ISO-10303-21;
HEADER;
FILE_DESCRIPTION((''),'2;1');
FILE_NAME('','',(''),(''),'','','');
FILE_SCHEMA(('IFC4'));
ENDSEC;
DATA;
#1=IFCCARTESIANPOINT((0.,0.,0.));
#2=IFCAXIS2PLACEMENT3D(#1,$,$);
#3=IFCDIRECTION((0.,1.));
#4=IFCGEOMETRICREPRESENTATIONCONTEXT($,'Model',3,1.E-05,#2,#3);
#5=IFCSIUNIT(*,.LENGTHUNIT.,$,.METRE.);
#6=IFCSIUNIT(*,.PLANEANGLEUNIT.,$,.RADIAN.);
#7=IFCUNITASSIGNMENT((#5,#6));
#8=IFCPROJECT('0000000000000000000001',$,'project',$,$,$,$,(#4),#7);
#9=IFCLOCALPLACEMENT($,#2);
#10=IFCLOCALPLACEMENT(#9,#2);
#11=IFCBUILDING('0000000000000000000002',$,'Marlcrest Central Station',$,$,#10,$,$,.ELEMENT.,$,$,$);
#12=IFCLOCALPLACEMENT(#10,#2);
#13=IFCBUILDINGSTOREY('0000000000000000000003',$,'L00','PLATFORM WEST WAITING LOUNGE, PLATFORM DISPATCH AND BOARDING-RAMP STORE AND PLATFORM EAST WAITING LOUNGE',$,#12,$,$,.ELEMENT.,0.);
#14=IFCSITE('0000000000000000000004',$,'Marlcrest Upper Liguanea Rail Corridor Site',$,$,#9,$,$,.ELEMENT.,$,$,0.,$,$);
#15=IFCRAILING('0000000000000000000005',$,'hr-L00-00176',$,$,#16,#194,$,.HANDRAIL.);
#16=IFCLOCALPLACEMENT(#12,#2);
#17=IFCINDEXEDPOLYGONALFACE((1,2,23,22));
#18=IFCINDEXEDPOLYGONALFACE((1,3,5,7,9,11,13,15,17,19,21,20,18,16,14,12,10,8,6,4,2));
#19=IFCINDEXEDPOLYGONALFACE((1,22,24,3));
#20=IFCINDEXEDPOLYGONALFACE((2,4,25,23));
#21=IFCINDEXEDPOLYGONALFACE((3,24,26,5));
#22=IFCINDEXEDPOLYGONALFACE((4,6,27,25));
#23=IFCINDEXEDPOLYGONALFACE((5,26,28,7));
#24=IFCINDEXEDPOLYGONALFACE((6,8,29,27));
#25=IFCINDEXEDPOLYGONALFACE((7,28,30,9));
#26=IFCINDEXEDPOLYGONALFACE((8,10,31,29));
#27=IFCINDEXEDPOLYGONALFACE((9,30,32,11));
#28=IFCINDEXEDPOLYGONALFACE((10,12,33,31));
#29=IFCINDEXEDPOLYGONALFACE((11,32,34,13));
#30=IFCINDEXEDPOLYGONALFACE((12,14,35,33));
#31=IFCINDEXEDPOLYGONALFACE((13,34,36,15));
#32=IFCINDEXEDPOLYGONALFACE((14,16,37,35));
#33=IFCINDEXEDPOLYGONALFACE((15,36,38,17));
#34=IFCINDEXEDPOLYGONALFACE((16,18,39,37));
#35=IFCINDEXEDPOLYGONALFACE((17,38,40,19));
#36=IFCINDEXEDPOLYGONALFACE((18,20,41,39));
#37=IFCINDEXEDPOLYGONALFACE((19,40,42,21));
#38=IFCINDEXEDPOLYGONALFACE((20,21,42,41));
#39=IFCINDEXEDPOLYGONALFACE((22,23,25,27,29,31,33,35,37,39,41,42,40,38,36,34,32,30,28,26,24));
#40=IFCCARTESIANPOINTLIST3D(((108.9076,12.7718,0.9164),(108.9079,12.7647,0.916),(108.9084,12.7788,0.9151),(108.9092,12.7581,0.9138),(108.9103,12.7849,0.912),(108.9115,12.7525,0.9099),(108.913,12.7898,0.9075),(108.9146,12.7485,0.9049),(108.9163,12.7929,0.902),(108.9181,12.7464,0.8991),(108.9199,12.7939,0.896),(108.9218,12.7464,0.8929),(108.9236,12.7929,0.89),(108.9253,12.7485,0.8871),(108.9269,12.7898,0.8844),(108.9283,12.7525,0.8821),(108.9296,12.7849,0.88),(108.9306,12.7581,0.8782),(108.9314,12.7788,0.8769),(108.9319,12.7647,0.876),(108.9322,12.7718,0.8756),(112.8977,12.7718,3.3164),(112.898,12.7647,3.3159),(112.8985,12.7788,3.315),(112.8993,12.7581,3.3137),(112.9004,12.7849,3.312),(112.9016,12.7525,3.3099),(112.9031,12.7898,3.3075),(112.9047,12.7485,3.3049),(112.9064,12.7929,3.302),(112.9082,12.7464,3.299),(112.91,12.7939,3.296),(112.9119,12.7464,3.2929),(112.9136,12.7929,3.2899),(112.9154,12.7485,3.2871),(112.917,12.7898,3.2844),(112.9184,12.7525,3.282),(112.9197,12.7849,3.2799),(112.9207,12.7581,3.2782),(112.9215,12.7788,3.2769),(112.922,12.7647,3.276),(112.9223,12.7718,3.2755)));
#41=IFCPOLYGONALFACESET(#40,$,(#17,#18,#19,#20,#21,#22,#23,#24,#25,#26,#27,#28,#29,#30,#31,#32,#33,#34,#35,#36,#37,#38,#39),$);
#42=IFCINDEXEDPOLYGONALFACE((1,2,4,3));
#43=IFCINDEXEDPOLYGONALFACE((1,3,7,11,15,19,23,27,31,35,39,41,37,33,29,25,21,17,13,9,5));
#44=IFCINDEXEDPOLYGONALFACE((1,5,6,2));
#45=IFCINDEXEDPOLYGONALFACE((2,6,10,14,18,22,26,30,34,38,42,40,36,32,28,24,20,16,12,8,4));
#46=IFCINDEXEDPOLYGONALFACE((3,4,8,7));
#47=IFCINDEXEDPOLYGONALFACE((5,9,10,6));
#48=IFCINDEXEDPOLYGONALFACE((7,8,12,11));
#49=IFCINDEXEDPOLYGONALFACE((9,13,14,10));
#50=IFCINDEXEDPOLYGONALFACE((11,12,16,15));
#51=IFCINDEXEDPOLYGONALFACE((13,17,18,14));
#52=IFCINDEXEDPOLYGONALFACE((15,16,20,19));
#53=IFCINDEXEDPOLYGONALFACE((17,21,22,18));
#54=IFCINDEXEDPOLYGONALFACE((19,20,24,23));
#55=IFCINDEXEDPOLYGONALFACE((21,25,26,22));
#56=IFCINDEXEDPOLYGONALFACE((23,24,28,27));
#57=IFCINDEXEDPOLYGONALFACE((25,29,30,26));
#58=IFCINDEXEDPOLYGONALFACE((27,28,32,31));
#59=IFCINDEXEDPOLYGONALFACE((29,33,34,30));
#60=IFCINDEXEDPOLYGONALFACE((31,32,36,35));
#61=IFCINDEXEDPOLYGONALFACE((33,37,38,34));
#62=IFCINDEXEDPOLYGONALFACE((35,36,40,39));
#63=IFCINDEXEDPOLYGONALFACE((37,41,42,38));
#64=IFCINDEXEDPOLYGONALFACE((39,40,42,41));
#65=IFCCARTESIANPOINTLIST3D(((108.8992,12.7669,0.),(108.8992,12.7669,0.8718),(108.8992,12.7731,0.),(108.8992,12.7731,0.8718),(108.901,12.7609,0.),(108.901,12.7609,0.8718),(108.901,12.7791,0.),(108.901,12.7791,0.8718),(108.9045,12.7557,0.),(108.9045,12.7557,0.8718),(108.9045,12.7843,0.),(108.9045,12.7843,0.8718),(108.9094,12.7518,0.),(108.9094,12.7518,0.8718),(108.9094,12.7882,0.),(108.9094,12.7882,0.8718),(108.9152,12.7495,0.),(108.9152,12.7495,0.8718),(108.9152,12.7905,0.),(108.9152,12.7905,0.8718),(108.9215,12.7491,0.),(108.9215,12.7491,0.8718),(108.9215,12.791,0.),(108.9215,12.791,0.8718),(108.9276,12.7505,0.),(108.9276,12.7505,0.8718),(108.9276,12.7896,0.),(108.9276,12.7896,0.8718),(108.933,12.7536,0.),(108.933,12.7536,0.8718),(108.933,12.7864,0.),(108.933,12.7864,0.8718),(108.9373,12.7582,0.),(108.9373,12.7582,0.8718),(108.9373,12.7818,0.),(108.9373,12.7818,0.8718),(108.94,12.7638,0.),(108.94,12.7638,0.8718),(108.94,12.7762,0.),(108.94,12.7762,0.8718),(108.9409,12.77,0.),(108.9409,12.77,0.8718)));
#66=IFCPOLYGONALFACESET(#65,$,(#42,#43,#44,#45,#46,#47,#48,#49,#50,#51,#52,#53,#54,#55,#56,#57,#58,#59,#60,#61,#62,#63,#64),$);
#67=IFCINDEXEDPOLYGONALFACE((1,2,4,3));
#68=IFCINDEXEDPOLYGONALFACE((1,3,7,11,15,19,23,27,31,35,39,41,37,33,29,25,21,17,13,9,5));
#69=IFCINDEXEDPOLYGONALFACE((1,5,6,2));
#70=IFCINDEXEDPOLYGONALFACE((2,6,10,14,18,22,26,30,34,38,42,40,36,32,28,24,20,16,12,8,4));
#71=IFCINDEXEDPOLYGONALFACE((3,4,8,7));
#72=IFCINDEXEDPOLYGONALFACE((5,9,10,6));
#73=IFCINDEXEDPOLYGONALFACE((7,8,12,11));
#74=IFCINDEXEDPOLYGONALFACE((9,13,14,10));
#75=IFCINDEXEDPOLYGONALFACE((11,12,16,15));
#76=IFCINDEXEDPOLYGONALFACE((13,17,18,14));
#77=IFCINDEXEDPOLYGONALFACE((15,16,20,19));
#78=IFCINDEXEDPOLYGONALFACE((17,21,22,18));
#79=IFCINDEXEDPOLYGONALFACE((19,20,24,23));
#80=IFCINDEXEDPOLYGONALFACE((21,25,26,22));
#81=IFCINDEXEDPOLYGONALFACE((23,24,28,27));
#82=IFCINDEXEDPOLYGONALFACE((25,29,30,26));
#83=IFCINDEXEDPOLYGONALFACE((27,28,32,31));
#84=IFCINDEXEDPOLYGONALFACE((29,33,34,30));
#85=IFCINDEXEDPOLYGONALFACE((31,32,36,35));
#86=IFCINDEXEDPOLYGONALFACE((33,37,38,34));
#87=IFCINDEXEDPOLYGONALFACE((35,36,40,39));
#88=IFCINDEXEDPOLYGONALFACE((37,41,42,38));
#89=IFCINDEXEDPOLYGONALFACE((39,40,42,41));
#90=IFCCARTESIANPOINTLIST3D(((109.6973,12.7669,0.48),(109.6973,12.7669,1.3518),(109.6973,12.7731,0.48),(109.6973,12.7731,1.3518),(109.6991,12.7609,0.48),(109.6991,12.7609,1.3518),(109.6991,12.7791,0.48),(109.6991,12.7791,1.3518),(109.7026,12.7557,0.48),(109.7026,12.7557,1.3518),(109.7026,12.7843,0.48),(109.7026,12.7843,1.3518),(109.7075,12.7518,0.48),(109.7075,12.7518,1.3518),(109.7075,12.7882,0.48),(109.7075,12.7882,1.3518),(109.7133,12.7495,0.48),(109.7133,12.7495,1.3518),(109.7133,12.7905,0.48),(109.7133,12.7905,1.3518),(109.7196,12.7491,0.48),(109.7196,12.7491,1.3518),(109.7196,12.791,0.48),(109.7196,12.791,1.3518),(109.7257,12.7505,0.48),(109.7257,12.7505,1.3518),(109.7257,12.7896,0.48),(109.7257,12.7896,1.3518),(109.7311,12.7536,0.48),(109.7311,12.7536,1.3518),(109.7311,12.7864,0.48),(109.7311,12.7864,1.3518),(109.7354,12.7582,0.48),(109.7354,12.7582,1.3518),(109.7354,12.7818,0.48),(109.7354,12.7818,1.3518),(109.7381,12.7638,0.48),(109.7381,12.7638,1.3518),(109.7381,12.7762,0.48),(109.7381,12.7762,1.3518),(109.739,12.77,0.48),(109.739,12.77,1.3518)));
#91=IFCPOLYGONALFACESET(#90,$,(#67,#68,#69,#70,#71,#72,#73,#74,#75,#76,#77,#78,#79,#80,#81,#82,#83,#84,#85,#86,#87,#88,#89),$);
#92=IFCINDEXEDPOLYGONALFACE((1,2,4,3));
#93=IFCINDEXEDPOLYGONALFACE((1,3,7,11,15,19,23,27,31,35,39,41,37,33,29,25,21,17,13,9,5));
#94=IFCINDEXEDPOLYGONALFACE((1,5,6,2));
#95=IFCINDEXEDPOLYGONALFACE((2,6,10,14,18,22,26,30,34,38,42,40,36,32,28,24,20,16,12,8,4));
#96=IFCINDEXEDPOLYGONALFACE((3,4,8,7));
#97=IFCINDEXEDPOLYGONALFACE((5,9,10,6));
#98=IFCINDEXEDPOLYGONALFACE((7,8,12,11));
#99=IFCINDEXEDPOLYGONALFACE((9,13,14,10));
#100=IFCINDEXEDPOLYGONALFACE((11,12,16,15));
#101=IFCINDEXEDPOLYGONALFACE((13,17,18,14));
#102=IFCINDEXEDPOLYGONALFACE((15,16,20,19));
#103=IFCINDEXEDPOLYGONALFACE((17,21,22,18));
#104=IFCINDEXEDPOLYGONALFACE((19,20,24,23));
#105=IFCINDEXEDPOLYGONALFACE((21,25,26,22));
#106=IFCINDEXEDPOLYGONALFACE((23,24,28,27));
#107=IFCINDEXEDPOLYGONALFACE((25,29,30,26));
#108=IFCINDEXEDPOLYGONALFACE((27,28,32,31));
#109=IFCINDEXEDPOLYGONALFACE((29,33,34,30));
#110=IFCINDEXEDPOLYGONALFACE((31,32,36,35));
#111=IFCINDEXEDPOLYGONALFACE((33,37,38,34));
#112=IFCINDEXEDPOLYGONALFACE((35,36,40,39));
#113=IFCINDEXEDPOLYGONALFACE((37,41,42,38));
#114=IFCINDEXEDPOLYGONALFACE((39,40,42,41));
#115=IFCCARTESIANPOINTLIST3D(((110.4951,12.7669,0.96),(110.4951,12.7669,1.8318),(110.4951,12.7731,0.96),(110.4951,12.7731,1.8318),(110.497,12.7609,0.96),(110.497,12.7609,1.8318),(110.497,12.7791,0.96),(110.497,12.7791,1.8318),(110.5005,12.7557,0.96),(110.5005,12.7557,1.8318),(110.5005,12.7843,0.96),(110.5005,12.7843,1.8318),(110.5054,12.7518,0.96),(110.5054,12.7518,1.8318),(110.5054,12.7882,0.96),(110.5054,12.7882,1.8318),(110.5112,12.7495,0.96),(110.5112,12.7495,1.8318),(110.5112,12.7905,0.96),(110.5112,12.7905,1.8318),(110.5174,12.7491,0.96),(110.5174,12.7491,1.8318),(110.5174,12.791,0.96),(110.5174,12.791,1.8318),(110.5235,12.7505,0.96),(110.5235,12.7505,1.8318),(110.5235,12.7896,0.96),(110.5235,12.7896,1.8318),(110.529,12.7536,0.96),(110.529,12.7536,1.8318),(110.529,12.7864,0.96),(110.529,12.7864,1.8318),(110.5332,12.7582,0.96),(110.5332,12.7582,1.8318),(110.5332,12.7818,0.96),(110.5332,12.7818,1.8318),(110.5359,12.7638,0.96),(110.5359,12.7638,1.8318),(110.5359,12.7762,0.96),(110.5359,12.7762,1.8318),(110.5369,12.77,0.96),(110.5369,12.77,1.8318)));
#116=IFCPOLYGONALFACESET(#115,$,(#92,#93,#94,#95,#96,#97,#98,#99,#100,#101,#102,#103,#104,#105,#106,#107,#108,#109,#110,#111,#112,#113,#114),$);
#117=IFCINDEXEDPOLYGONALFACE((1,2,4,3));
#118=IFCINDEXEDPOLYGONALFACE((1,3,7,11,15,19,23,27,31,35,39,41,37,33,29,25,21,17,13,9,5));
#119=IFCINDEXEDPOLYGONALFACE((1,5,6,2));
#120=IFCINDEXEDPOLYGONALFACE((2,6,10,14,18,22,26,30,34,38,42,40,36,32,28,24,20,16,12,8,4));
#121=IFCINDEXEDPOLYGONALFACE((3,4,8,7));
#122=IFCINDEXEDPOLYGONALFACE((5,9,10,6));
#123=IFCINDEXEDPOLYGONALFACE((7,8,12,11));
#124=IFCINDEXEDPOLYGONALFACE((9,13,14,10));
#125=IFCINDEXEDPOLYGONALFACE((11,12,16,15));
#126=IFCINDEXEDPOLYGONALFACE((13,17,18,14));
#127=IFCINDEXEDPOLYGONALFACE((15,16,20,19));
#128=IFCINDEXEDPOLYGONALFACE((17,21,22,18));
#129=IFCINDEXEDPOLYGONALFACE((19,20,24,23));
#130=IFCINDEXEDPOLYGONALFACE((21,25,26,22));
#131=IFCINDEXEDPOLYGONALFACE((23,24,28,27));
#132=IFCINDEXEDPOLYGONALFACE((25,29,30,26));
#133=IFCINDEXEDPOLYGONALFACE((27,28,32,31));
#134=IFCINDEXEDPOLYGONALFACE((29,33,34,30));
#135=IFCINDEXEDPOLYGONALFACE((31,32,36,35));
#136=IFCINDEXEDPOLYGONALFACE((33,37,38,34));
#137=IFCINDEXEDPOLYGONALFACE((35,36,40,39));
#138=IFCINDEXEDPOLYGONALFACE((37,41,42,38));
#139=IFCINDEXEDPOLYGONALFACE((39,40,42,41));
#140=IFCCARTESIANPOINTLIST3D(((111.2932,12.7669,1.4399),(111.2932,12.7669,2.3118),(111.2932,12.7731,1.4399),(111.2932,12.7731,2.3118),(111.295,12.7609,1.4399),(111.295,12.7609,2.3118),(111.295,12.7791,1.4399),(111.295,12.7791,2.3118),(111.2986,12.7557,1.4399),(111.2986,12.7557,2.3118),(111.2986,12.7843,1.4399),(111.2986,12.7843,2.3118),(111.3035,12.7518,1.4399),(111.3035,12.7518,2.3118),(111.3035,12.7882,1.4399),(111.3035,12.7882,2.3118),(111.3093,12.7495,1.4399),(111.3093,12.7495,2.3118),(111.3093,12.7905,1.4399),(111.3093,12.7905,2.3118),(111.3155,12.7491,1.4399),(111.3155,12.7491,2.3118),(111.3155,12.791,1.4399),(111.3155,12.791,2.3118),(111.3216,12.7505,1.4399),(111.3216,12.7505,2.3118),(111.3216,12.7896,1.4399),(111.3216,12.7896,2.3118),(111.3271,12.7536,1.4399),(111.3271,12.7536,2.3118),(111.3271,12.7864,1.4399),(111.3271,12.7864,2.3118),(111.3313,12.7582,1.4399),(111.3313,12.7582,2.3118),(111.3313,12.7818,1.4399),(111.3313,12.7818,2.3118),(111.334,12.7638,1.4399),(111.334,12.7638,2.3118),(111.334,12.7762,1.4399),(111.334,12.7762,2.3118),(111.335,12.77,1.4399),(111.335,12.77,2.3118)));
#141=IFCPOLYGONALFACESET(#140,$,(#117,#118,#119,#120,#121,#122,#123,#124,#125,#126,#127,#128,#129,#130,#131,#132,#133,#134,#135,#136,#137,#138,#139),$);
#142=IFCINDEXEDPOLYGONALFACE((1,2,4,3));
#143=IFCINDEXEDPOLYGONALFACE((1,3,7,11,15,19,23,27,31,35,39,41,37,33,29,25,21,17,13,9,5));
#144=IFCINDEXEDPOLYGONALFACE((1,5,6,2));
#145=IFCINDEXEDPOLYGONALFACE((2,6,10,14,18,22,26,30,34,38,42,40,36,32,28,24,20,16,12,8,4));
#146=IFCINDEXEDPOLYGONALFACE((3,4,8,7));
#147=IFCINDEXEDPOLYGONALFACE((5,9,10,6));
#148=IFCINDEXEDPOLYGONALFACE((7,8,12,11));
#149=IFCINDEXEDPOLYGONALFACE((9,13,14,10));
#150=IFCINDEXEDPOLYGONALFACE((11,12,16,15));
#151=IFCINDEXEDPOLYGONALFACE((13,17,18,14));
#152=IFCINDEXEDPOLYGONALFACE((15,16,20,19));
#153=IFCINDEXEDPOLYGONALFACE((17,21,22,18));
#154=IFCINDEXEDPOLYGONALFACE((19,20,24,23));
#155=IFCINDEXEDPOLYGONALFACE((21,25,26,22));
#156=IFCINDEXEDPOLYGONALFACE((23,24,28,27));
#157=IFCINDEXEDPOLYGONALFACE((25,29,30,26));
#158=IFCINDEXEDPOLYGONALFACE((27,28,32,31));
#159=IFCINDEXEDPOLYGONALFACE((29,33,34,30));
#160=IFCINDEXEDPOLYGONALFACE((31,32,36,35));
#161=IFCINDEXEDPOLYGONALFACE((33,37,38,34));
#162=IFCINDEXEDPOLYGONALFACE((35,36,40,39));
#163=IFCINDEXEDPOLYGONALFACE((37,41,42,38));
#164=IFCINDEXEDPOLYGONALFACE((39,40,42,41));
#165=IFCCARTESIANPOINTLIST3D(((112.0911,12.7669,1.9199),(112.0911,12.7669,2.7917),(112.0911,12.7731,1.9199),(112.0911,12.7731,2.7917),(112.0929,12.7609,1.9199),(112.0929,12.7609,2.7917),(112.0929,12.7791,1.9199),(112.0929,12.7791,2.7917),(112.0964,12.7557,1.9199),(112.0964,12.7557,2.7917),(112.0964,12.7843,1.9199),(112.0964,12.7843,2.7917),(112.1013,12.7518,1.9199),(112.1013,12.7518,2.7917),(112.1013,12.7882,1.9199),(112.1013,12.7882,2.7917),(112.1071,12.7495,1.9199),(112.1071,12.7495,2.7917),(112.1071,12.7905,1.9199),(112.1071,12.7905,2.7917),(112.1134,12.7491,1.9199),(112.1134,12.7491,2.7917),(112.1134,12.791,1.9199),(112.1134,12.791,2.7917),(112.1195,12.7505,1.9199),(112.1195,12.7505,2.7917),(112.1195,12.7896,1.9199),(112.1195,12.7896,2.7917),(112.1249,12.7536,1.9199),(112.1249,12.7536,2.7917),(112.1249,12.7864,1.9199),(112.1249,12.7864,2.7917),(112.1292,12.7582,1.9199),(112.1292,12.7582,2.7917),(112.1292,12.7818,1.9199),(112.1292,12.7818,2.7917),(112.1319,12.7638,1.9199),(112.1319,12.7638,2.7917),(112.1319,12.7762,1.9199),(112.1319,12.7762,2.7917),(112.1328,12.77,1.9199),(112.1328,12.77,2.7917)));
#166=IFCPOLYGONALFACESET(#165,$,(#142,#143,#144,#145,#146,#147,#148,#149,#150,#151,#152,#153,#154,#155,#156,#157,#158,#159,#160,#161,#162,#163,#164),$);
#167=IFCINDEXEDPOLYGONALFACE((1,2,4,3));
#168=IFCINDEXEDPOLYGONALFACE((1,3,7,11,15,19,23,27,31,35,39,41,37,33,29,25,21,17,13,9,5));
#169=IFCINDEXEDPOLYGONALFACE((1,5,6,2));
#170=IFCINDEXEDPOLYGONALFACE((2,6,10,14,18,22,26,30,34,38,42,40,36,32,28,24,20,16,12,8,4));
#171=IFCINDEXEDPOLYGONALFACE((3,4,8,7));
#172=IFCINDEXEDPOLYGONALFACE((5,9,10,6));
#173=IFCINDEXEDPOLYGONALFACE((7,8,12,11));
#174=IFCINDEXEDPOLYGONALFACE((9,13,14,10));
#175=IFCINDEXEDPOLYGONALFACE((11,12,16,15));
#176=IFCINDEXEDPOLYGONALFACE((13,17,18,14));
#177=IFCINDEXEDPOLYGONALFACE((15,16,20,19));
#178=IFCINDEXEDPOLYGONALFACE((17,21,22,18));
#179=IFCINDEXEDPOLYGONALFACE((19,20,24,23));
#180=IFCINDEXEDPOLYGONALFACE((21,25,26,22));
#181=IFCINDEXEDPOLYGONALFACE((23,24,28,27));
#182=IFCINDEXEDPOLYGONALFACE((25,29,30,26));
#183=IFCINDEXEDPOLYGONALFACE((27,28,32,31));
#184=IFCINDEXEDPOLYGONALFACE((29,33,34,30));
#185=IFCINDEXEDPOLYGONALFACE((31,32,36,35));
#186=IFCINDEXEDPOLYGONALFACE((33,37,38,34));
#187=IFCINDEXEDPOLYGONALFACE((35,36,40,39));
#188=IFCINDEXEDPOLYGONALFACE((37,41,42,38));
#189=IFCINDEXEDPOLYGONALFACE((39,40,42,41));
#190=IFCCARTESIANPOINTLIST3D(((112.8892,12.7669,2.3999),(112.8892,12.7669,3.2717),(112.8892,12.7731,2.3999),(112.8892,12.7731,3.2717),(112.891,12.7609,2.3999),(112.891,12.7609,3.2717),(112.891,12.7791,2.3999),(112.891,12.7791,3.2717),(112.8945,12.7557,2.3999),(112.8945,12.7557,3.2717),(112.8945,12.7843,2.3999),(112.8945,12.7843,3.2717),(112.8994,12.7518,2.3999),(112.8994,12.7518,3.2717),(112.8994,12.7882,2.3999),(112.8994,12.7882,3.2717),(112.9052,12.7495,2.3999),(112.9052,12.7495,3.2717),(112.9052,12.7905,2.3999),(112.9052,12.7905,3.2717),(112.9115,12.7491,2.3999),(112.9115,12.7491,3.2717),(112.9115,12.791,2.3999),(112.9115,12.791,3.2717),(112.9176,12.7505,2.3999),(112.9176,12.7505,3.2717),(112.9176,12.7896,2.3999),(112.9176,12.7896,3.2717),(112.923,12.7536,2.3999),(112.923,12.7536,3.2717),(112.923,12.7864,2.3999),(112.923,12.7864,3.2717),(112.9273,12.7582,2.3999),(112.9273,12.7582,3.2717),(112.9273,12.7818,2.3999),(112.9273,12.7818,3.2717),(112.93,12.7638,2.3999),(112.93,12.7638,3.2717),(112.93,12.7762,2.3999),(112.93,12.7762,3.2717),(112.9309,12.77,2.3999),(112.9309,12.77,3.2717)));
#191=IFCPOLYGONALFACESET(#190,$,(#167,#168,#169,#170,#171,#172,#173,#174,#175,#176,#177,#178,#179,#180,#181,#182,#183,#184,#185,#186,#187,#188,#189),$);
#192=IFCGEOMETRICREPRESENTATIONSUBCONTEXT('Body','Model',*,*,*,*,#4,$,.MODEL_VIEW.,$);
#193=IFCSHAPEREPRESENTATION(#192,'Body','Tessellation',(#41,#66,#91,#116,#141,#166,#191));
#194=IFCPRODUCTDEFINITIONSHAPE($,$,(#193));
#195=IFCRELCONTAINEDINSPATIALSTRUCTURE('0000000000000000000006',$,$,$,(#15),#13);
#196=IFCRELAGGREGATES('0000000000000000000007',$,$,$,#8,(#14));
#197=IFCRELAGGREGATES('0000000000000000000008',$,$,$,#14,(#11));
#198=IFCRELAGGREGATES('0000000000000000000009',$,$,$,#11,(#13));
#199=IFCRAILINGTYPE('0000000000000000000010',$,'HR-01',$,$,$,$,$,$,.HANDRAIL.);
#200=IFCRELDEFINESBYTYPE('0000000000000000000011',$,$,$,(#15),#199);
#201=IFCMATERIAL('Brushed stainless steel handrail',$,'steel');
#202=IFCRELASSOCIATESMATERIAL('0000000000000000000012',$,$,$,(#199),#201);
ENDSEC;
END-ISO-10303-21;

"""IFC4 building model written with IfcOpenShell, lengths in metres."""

from ifc_helpers import new_model, si_unit, direction, frame, origin, origin_2d, place, context, subcontext, project, spatial, circle, extrude, material, type_object, element, save


model = new_model("IFC4")

# Units and contexts
model_context = context("Model", 3, precision=1e-05, world=origin(), true_north=direction((0.0, 1.0)))
body_context = subcontext(model_context, "Body", "Model", "MODEL_VIEW")
ifc_project = project(units=[si_unit("LENGTHUNIT", "METRE"), si_unit("PLANEANGLEUNIT", "RADIAN")], contexts=[model_context])

# Site, building, storey
site_placement = place(None, origin())
site = spatial("IfcSite", under=ifc_project, at=site_placement, Name="Marlcrest Upper Liguanea Rail Corridor Site", CompositionType="ELEMENT", RefElevation=0.0)
building_placement = place(site_placement, origin())
building = spatial("IfcBuilding", under=site, at=building_placement, Name="Marlcrest Central Station", CompositionType="ELEMENT")
storey_placement = place(building_placement, origin())
storey = spatial("IfcBuildingStorey", under=building, at=storey_placement, Name="L00", Description="PLATFORM WEST WAITING LOUNGE, PLATFORM DISPATCH AND BOARDING-RAMP STORE AND PLATFORM EAST WAITING LOUNGE", CompositionType="ELEMENT", Elevation=0.0)

# Railing
ifc_material_1 = material(Name="Brushed stainless steel handrail", Category="steel")
railing_type_1 = type_object("IfcRailingType", Name="HR-01", PredefinedType="HANDRAIL", material=ifc_material_1)
railing_1_placement = place(storey_placement, frame((108.9199, 12.77, 0.0)))
element("IfcRailing", 1, at=railing_1_placement, inside=storey, type_object=railing_type_1, Name="hr-L00-00176", PredefinedType="HANDRAIL", context=body_context, shape_type="SweptSolid", body=[
    extrude(circle(Radius=0.0239, at=origin_2d()), frame((0.0, 0.0, 0.896), z_axis=(0.856933, 0.0, 0.515428), x_axis=(0.0, 1.0, 0.0)), (0.0, 0.0, 1.0), 4.6562),
    extrude(circle(Radius=0.021, at=origin_2d()), origin(), (0.0, 0.0, 1.0), 0.8718),
    extrude(circle(Radius=0.021, at=origin_2d()), frame((0.7981, 0.0, 0.48)), (0.0, 0.0, 1.0), 0.8718),
    extrude(circle(Radius=0.021, at=origin_2d()), frame((1.5959, 0.0, 0.96)), (0.0, 0.0, 1.0), 0.8718),
    extrude(circle(Radius=0.021, at=origin_2d()), frame((2.394, 0.0, 1.4399)), (0.0, 0.0, 1.0), 0.8718),
    extrude(circle(Radius=0.021, at=origin_2d()), frame((3.1919, 0.0, 1.9199)), (0.0, 0.0, 1.0), 0.8718),
    extrude(circle(Radius=0.021, at=origin_2d()), frame((3.99, 0.0, 2.3999)), (0.0, 0.0, 1.0), 0.8718),
])

save(model, "model.ifc")
